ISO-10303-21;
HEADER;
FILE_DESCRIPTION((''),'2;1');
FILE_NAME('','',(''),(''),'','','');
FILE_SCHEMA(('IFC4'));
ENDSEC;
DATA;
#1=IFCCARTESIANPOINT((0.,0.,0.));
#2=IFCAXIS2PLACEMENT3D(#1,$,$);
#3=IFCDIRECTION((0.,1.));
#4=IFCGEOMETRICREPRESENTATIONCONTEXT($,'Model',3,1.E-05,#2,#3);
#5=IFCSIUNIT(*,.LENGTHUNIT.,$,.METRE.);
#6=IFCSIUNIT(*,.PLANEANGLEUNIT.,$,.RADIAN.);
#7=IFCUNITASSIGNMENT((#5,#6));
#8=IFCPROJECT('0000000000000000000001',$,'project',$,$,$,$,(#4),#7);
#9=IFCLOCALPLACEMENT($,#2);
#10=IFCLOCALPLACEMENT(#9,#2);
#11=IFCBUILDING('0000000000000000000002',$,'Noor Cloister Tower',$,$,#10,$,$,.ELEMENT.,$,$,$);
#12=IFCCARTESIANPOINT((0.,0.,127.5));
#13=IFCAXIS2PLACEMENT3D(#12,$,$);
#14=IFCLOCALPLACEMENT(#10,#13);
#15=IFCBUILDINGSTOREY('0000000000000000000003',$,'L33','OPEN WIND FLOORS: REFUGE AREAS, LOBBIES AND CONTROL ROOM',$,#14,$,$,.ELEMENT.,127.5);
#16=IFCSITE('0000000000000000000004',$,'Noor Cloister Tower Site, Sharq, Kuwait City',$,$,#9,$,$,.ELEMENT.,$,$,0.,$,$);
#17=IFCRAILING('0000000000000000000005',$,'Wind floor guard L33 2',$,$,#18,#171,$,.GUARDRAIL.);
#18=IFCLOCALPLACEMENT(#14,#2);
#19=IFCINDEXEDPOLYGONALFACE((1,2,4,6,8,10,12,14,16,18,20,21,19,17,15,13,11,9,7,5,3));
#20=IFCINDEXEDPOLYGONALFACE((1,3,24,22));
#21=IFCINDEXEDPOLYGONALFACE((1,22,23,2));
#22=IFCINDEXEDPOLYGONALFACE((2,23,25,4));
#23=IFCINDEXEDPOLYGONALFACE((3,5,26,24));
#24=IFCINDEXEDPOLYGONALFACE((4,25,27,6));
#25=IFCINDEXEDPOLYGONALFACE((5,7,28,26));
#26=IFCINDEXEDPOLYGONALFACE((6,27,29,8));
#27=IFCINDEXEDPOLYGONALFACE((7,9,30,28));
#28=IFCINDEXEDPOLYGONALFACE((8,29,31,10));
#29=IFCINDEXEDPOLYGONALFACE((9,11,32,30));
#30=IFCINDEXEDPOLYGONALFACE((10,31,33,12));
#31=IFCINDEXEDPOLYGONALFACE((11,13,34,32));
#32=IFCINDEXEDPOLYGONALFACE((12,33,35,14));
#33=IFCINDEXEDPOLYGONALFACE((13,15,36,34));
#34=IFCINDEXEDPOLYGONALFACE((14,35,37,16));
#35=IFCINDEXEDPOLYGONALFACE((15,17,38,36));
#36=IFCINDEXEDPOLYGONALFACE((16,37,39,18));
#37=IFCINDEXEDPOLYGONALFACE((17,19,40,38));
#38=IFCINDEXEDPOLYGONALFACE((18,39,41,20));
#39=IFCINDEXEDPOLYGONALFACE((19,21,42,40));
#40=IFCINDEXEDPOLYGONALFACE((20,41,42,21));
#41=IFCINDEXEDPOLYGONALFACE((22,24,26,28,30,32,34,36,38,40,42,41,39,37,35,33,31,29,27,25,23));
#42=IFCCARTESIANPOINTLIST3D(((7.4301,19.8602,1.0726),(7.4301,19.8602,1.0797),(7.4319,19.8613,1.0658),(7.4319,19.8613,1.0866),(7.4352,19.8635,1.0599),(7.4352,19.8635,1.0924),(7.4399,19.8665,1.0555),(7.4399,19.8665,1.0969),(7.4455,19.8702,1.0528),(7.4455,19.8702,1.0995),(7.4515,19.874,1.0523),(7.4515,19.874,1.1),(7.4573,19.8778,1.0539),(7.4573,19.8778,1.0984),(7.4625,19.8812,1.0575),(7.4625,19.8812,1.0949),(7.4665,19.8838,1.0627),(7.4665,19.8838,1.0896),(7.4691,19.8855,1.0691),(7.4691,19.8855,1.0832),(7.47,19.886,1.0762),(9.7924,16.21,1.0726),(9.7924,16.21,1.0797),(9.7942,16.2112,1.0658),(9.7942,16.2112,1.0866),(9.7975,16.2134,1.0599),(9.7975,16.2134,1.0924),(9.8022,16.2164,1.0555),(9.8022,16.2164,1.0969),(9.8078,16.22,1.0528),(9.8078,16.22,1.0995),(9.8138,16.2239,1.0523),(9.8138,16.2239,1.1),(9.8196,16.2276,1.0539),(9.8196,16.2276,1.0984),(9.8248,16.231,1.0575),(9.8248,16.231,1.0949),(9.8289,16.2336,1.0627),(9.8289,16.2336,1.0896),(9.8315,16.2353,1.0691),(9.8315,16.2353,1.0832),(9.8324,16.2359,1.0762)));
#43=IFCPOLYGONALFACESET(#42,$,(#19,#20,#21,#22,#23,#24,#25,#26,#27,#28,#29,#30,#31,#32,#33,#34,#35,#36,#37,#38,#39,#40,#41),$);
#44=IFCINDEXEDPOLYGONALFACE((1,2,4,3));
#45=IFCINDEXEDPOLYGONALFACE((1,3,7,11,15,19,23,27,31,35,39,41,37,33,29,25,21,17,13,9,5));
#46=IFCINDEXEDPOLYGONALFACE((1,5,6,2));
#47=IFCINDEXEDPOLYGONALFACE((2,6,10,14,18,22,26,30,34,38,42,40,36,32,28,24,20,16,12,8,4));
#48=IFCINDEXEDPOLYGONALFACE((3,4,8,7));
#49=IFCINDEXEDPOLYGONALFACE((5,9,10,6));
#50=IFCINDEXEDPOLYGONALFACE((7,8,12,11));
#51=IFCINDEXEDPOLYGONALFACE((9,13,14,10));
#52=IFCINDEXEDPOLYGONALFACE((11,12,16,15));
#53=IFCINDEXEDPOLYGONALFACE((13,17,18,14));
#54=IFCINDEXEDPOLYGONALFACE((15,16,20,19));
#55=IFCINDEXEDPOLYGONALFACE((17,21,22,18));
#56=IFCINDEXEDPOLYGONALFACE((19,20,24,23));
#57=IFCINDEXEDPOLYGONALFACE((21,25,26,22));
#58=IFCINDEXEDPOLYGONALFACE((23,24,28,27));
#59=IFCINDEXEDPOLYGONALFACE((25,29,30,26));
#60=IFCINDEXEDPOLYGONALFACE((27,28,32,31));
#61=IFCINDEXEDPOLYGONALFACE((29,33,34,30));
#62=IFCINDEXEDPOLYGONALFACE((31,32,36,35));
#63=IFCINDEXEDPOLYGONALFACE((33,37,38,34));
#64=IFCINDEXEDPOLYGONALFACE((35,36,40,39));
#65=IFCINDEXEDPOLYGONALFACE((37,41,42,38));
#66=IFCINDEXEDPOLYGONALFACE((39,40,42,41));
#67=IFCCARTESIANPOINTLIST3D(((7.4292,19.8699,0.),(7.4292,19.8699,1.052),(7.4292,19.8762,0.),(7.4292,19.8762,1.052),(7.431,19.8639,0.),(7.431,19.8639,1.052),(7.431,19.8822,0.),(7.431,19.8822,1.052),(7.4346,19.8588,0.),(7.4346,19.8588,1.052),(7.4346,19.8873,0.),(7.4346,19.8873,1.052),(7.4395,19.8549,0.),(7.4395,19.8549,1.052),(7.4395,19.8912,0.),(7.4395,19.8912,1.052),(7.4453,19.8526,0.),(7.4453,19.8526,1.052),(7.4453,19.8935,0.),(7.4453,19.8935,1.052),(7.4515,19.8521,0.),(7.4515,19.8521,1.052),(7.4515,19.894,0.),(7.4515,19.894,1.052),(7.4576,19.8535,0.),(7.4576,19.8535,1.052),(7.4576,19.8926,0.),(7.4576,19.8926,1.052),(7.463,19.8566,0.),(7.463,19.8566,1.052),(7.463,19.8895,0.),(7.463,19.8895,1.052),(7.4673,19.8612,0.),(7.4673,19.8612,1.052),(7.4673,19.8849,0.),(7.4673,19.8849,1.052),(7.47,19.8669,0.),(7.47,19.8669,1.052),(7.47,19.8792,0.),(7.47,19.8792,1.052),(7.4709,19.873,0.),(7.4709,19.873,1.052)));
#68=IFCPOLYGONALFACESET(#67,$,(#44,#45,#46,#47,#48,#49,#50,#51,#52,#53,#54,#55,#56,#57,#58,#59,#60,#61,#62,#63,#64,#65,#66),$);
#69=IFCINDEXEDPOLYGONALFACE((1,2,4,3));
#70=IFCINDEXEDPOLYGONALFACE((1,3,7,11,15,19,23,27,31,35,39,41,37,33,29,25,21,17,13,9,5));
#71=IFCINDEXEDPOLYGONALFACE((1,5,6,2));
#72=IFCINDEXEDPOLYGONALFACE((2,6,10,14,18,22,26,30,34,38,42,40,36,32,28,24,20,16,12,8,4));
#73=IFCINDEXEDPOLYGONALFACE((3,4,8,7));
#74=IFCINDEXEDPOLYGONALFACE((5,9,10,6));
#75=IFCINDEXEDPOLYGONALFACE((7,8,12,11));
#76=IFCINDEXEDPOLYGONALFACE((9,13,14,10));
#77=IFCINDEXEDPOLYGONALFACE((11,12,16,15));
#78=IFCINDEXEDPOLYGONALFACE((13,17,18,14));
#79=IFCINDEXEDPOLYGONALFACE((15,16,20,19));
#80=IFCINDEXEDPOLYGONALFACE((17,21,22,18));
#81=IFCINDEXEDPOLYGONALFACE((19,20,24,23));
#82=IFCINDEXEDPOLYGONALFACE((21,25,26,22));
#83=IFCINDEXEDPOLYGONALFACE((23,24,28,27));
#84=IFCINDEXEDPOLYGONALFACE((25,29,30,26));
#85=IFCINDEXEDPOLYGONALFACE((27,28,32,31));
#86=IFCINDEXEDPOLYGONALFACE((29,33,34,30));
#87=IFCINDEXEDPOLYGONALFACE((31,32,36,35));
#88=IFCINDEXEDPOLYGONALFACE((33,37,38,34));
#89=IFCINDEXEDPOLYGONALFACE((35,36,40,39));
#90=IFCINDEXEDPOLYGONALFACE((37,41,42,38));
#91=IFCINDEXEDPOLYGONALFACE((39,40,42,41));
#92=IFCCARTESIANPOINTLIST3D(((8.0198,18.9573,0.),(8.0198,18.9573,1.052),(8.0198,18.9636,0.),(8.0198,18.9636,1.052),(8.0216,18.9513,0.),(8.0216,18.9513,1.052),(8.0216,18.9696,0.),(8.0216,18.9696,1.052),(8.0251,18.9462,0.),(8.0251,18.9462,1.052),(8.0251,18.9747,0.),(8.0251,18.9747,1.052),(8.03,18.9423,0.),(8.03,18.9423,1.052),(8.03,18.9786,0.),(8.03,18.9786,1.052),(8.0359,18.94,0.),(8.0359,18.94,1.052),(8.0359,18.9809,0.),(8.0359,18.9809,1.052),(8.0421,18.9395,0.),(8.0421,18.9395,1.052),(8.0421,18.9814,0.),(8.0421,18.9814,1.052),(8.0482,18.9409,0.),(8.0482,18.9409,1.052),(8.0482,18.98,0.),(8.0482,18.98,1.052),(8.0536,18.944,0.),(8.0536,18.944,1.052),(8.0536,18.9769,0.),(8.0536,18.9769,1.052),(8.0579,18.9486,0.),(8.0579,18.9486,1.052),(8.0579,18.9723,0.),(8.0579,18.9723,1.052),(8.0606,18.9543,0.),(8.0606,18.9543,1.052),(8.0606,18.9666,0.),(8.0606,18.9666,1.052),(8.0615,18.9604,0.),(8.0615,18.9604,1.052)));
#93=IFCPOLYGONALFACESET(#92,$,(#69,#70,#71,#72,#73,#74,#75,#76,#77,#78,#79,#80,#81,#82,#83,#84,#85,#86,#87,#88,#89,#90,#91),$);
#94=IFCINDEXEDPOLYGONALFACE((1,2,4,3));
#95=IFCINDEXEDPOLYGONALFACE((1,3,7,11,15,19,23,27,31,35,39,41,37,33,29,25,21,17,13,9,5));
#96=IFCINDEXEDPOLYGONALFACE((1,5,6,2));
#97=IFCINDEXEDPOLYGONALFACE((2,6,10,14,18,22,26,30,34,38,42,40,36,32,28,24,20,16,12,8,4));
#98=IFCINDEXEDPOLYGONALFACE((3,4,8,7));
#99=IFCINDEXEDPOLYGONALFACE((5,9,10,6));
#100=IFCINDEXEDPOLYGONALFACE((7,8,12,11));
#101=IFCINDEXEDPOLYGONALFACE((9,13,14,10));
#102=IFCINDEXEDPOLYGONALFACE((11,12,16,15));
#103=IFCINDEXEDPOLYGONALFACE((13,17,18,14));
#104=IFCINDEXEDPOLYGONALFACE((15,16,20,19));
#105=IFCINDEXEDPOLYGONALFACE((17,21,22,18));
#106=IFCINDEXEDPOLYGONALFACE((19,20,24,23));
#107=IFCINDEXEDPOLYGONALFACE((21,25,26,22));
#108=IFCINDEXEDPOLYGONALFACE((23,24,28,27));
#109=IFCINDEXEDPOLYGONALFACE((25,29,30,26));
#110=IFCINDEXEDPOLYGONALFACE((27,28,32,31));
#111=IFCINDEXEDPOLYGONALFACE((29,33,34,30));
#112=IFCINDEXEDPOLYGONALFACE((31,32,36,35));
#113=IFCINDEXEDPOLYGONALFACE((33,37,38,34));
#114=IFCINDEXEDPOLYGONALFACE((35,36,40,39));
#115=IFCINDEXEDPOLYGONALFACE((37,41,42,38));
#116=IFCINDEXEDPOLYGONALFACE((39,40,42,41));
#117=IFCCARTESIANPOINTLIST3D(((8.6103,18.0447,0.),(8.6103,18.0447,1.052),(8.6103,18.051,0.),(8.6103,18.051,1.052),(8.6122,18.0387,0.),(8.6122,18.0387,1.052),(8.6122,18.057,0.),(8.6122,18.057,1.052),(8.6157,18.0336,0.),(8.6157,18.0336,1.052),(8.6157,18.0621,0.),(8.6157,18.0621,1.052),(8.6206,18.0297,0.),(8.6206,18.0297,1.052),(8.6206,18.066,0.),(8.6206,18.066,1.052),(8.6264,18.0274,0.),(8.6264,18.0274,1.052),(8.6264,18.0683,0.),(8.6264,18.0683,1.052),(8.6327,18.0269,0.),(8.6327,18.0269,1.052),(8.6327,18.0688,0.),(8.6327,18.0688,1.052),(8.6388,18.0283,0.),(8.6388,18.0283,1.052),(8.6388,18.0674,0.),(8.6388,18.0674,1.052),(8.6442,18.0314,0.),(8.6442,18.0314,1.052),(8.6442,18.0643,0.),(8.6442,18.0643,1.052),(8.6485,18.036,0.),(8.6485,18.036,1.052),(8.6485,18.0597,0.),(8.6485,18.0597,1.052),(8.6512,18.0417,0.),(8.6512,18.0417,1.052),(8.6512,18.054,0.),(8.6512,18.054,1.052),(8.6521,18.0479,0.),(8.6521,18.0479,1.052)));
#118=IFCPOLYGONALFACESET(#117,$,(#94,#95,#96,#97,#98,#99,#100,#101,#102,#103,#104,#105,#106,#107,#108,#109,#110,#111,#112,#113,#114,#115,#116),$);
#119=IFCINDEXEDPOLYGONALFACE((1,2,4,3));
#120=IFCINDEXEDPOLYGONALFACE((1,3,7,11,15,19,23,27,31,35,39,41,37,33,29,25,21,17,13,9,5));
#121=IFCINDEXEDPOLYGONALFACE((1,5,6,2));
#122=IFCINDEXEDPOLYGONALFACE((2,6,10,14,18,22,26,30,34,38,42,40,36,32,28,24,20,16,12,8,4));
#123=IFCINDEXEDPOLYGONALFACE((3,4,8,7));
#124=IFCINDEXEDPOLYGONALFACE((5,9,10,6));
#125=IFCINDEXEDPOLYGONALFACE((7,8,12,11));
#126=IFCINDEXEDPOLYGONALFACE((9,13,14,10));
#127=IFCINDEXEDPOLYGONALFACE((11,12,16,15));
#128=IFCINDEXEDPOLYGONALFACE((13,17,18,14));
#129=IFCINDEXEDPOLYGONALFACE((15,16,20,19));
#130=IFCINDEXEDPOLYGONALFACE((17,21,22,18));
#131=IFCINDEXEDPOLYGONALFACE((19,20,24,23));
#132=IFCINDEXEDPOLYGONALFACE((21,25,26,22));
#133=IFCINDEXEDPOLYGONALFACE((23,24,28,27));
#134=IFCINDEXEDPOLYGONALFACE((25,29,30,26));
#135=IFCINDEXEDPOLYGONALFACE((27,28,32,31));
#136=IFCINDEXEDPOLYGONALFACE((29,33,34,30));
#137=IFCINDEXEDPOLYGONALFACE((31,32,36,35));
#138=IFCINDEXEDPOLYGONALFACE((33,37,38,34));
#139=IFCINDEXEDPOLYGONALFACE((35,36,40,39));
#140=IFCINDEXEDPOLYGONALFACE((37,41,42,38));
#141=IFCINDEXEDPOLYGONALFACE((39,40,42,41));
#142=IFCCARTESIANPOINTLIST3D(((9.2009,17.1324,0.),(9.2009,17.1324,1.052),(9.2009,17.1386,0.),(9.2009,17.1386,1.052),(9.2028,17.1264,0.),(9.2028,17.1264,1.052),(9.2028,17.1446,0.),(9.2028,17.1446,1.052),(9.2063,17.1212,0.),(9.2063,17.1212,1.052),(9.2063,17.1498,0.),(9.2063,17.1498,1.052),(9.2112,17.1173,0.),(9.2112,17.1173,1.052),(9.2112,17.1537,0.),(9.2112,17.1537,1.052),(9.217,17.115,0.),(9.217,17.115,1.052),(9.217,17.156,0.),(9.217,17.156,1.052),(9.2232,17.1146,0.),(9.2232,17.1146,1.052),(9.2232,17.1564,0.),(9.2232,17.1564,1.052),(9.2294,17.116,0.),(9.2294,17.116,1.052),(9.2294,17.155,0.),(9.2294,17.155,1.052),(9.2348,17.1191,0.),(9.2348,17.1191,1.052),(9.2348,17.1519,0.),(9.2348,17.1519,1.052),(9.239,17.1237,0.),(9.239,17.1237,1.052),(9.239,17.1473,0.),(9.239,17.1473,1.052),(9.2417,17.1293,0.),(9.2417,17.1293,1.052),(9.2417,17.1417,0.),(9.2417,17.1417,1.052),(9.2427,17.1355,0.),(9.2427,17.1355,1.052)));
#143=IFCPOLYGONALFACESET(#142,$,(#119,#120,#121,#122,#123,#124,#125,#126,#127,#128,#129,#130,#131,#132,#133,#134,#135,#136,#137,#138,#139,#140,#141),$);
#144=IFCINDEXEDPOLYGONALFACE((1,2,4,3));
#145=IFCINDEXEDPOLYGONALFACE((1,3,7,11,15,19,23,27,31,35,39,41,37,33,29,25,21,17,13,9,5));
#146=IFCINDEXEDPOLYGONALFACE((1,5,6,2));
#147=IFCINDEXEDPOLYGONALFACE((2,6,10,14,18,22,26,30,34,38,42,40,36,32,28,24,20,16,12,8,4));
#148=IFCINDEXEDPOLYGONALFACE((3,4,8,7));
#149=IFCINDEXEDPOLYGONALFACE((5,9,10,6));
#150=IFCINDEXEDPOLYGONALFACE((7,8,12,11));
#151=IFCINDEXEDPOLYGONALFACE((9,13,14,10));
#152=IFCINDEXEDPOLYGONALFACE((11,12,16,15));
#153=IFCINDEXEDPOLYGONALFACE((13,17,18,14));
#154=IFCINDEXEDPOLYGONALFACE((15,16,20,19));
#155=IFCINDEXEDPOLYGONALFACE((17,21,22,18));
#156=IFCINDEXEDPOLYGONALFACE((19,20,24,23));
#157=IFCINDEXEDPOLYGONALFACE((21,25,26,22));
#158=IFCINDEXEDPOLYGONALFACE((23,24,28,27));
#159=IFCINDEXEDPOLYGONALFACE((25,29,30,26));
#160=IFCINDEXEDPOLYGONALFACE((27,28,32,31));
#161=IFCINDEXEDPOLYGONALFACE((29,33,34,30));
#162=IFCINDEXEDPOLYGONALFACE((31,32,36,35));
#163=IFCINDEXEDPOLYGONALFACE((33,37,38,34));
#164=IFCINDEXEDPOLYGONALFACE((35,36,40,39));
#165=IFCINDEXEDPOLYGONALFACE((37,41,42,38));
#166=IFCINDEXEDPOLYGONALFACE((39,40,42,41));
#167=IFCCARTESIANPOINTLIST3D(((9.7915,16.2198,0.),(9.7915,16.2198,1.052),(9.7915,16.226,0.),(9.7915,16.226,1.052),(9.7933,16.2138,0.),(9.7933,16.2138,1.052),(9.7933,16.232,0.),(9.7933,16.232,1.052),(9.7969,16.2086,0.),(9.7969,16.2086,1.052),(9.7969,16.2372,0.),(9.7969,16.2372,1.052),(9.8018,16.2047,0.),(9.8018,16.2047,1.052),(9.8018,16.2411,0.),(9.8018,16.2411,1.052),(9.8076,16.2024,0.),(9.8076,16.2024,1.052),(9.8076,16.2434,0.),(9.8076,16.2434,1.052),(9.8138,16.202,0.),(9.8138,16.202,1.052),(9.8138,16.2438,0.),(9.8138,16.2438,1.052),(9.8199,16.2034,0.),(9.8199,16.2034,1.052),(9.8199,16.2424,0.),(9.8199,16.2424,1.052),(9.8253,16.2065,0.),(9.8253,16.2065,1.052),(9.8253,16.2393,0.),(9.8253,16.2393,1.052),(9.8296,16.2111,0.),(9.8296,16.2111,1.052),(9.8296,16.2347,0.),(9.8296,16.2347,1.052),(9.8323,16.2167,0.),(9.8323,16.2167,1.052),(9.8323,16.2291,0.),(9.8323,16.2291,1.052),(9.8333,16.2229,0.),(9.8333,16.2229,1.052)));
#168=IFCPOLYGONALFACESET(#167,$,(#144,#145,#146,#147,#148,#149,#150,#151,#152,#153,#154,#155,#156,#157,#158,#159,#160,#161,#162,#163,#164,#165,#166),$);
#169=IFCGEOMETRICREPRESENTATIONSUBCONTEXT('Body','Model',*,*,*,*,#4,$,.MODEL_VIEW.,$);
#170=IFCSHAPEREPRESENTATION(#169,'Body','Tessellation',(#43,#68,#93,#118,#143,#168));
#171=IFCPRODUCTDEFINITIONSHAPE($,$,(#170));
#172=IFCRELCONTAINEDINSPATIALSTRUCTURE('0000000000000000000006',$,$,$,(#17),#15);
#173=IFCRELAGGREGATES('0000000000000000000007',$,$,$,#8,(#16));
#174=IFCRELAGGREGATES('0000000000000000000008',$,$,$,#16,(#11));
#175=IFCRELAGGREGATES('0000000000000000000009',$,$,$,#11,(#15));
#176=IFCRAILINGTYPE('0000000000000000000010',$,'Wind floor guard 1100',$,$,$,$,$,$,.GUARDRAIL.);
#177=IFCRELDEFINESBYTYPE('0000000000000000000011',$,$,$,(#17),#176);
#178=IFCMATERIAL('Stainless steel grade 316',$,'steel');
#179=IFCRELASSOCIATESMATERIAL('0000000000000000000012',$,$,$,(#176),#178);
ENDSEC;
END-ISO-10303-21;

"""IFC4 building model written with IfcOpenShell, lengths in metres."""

from ifc_helpers import new_model, si_unit, direction, frame, origin, origin_2d, place, context, subcontext, project, spatial, circle, extrude, material, type_object, element, save


model = new_model("IFC4")

# Units and contexts
model_context = context("Model", 3, precision=1e-05, world=origin(), true_north=direction((0.0, 1.0)))
body_context = subcontext(model_context, "Body", "Model", "MODEL_VIEW")
ifc_project = project(units=[si_unit("LENGTHUNIT", "METRE"), si_unit("PLANEANGLEUNIT", "RADIAN")], contexts=[model_context])

# Site, building, storey
site_placement = place(None, origin())
site = spatial("IfcSite", under=ifc_project, at=site_placement, Name="Noor Cloister Tower Site, Sharq, Kuwait City", CompositionType="ELEMENT", RefElevation=0.0)
building_placement = place(site_placement, origin())
building = spatial("IfcBuilding", under=site, at=building_placement, Name="Noor Cloister Tower", CompositionType="ELEMENT")
storey_placement = place(building_placement, frame((0.0, 0.0, 127.5)))
storey = spatial("IfcBuildingStorey", under=building, at=storey_placement, Name="L33", Description="OPEN WIND FLOORS: REFUGE AREAS, LOBBIES AND CONTROL ROOM", CompositionType="ELEMENT", Elevation=127.5)

# Railing
ifc_material_1 = material(Name="Stainless steel grade 316", Category="steel")
railing_type_1 = type_object("IfcRailingType", Name="Wind floor guard 1100", PredefinedType="GUARDRAIL", material=ifc_material_1)
railing_1_placement = place(storey_placement, frame((7.45, 19.873, 0.0)))
element("IfcRailing", 1, at=railing_1_placement, inside=storey, type_object=railing_type_1, Name="Wind floor guard L33 2", PredefinedType="GUARDRAIL", context=body_context, shape_type="SweptSolid", body=[
    extrude(circle(Radius=0.0239, at=origin_2d()), frame((0.0, 0.0, 1.0762), z_axis=(0.543323, -0.839523, 0.0), x_axis=(0.839523, 0.543323, 0.0)), (0.0, 0.0, 1.0), 4.3479),
    extrude(circle(Radius=0.021, at=origin_2d()), origin(), (0.0, 0.0, 1.0), 1.052),
    extrude(circle(Radius=0.021, at=origin_2d()), frame((0.5906, -0.9126, 0.0)), (0.0, 0.0, 1.0), 1.052),
    extrude(circle(Radius=0.021, at=origin_2d()), frame((1.1812, -1.8252, 0.0)), (0.0, 0.0, 1.0), 1.052),
    extrude(circle(Radius=0.021, at=origin_2d()), frame((1.7717, -2.7375, 0.0)), (0.0, 0.0, 1.0), 1.052),
    extrude(circle(Radius=0.021, at=origin_2d()), frame((2.3623, -3.6501, 0.0)), (0.0, 0.0, 1.0), 1.052),
])

save(model, "model.ifc")
